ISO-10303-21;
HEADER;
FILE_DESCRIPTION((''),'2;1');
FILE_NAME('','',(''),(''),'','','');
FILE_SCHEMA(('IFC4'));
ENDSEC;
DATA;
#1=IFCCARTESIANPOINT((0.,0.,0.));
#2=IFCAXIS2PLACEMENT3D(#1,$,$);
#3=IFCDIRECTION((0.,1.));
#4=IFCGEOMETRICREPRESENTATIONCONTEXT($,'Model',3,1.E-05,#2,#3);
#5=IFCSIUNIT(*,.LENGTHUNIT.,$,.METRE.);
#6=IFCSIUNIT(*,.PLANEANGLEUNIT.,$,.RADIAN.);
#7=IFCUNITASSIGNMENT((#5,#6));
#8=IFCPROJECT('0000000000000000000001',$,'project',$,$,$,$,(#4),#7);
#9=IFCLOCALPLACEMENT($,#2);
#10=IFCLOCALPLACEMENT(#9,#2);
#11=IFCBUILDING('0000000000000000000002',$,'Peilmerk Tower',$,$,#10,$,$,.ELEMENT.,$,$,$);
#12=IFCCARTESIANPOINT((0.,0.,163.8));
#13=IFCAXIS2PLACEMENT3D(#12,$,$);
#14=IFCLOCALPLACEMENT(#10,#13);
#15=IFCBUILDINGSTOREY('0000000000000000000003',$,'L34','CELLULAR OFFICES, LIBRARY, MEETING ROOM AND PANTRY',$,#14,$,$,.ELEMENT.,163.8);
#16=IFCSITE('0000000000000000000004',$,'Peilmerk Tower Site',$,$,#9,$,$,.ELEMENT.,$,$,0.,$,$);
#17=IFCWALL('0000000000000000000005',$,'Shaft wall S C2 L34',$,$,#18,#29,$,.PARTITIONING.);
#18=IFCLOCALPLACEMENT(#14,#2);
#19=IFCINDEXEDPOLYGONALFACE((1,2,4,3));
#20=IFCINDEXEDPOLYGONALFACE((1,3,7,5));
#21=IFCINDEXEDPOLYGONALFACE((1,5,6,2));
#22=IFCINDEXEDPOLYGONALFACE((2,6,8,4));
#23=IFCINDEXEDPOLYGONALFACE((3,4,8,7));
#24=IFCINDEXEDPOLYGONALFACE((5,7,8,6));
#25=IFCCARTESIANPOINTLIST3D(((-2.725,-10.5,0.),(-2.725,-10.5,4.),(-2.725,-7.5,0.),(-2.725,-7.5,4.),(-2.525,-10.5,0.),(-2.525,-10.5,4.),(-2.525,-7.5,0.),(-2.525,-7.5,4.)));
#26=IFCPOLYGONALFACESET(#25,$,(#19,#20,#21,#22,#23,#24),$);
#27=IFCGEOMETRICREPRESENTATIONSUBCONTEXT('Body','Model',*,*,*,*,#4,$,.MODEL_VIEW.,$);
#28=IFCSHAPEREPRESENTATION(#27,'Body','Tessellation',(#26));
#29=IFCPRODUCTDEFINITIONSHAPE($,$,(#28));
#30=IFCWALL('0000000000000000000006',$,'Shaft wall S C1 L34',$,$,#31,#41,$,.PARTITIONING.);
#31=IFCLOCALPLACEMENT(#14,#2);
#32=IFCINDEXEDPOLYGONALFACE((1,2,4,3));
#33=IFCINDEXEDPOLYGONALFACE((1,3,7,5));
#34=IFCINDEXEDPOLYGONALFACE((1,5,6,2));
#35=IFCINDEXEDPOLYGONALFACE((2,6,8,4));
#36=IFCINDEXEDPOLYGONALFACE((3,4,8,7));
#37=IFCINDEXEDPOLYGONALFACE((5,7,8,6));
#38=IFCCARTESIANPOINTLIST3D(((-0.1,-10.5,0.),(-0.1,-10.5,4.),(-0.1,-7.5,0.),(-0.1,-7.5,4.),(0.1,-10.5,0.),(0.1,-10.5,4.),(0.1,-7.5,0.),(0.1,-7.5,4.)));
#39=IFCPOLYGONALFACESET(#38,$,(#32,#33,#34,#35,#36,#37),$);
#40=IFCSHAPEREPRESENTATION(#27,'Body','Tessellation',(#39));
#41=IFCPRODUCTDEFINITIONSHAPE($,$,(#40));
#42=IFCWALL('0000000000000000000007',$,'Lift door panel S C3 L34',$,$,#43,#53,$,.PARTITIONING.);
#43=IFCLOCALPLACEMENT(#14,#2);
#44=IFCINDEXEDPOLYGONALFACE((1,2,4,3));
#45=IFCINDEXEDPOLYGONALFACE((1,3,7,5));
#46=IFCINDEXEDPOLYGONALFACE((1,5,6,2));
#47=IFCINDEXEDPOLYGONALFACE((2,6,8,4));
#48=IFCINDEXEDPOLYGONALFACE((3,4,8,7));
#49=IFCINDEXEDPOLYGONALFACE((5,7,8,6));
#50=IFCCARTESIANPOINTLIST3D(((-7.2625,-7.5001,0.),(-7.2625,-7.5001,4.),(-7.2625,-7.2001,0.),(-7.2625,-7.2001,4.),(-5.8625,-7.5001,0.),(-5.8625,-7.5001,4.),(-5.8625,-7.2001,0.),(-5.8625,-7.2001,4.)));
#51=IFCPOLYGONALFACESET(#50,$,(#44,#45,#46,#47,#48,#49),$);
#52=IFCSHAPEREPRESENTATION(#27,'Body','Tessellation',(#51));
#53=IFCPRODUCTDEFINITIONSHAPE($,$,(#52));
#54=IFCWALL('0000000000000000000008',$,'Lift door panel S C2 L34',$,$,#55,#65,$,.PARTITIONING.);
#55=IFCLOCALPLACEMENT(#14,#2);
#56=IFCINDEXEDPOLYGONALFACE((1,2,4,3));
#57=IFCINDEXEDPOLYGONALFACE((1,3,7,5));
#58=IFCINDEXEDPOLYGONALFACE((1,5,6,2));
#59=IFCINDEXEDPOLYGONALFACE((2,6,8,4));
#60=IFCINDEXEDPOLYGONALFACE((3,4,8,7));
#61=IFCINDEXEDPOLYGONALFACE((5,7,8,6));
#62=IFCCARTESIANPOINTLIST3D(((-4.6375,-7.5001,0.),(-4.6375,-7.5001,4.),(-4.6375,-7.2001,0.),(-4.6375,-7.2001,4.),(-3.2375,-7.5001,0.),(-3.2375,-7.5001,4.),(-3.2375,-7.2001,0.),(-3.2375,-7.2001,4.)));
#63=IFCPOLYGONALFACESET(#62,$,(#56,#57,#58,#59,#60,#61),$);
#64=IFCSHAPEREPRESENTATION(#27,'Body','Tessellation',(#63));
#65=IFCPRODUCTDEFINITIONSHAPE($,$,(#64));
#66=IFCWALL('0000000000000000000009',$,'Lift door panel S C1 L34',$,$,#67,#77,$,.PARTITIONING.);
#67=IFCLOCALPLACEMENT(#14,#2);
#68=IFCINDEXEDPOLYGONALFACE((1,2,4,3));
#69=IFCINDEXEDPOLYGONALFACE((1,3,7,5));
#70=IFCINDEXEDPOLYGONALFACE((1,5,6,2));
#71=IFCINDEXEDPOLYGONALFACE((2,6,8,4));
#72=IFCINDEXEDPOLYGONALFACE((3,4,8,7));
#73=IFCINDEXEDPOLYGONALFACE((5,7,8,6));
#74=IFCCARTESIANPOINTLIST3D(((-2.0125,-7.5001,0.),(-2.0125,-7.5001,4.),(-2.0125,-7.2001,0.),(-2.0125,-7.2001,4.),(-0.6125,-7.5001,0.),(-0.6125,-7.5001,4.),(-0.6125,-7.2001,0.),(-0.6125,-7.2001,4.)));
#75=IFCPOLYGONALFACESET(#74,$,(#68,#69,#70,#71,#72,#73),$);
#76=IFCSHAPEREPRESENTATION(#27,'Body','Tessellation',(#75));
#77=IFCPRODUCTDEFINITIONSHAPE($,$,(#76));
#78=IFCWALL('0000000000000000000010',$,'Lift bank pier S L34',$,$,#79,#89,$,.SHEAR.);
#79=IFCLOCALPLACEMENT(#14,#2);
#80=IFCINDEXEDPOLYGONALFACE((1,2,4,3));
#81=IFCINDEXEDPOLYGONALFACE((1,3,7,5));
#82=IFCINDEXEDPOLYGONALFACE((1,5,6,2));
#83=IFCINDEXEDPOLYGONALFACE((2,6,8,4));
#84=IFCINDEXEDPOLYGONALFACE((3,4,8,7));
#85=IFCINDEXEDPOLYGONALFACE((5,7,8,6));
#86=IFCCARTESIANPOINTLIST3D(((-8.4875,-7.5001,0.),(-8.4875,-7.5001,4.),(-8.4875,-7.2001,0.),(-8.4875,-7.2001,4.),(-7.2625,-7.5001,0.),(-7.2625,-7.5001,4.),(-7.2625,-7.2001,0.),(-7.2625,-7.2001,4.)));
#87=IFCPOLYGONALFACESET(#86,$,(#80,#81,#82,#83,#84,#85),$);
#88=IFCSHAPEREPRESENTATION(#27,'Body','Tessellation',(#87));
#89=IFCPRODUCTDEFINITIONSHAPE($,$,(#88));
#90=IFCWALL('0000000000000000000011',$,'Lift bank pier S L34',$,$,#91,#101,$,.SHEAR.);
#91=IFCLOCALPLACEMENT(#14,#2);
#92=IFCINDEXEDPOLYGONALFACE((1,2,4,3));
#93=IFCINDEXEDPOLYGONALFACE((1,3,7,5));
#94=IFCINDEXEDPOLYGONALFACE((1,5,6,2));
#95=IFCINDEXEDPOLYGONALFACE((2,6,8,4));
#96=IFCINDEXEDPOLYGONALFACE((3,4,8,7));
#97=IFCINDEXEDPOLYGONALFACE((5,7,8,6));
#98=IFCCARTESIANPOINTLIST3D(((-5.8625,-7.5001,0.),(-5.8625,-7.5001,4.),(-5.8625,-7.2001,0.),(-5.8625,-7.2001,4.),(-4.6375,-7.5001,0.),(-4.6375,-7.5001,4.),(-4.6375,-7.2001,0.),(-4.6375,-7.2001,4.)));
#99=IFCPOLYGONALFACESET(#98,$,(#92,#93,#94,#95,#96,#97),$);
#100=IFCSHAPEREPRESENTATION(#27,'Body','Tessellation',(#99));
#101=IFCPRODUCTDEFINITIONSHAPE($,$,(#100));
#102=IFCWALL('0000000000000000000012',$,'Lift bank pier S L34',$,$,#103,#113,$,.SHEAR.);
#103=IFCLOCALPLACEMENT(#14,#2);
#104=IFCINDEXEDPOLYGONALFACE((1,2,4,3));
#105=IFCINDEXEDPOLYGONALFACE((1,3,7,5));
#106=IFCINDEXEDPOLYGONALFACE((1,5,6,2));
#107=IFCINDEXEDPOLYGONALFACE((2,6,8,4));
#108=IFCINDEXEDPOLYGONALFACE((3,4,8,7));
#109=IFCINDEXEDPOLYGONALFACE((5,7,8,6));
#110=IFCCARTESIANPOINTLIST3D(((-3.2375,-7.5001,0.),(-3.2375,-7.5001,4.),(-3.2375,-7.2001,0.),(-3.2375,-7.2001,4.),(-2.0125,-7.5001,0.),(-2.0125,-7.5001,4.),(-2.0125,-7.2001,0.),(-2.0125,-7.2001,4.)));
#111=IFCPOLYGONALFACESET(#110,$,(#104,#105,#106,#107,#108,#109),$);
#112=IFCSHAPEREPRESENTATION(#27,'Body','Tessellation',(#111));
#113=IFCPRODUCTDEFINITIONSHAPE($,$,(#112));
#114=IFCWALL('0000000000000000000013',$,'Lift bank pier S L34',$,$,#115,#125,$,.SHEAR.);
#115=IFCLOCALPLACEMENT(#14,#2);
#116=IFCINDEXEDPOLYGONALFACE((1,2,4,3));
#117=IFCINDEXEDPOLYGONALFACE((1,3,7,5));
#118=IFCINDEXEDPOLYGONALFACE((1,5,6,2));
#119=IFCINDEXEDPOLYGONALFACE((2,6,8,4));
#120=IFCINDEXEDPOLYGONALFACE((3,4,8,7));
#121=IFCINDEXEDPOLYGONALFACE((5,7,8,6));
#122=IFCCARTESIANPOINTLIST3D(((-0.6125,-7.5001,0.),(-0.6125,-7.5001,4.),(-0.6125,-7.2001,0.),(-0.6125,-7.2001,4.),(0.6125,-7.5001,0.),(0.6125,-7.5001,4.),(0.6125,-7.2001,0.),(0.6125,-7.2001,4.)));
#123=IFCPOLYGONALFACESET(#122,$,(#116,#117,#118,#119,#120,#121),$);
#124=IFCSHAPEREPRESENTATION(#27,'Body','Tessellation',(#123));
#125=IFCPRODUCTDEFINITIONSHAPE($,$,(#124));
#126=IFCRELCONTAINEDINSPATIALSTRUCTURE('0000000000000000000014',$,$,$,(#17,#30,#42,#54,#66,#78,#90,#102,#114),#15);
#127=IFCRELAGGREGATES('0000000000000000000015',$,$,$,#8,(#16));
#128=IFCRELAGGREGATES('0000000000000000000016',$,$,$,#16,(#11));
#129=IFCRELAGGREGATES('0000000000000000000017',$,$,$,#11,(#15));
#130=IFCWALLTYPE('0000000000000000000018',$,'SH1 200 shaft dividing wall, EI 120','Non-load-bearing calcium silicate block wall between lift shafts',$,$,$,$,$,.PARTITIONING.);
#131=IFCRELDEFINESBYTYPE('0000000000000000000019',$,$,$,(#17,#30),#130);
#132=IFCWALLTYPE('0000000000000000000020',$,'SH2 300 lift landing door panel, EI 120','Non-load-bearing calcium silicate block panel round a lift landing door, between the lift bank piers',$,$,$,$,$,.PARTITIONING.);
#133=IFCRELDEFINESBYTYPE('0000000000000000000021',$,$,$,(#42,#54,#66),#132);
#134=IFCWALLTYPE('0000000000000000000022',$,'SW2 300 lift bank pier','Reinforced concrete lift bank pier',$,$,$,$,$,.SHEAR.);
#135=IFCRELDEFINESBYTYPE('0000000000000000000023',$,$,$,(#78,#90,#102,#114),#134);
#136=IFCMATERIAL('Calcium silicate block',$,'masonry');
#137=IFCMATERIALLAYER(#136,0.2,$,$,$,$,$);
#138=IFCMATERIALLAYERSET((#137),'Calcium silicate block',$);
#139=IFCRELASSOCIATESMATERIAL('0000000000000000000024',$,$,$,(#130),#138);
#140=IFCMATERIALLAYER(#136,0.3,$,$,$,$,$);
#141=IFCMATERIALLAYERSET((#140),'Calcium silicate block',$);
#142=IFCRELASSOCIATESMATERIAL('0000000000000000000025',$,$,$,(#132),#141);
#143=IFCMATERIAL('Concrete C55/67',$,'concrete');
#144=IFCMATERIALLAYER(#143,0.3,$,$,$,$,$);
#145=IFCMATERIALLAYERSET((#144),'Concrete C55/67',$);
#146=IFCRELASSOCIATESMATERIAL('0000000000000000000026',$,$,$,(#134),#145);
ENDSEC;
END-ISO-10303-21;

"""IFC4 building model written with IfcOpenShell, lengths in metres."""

from ifc_helpers import new_model, si_unit, direction, frame, frame_2d, origin, place, context, subcontext, project, spatial, rectangle, extrude, material, layer, layer_set, type_object, element, save


model = new_model("IFC4")

# Units and contexts
model_context = context("Model", 3, precision=1e-05, world=origin(), true_north=direction((0.0, 1.0)))
body_context = subcontext(model_context, "Body", "Model", "MODEL_VIEW")
ifc_project = project(units=[si_unit("LENGTHUNIT", "METRE"), si_unit("PLANEANGLEUNIT", "RADIAN")], contexts=[model_context])

# Site, building, storey
site_placement = place(None, origin())
site = spatial("IfcSite", under=ifc_project, at=site_placement, Name="Peilmerk Tower Site", CompositionType="ELEMENT", RefElevation=0.0)
building_placement = place(site_placement, origin())
building = spatial("IfcBuilding", under=site, at=building_placement, Name="Peilmerk Tower", CompositionType="ELEMENT")
storey_placement = place(building_placement, frame((0.0, 0.0, 163.8)))
storey = spatial("IfcBuildingStorey", under=building, at=storey_placement, Name="L34", Description="CELLULAR OFFICES, LIBRARY, MEETING ROOM AND PANTRY", CompositionType="ELEMENT", Elevation=163.8)

# Walls
ifc_material_1 = material(Name="Calcium silicate block", Category="masonry")
ifc_layer_1 = layer(ifc_material_1, 0.2)
ifc_layer_set_1 = layer_set([ifc_layer_1], Name="Calcium silicate block")
wall_type_1 = type_object("IfcWallType", Name="SH1 200 shaft dividing wall, EI 120", Description="Non-load-bearing calcium silicate block wall between lift shafts", PredefinedType="PARTITIONING", material=ifc_layer_set_1)
for number, where, z_axis, x_axis, name in (
    (1, (-2.625, -10.5, 0.0), (0.0, 0.0, 1.0), (0.0, 1.0, 0.0), "Shaft wall S C2 L34"),
    (2, (0.0, -10.5, 0.0), (0.0, 0.0, 1.0), (0.0, 1.0, 0.0), "Shaft wall S C1 L34"),
):
    element("IfcWall", number, at=place(storey_placement, frame(where, z_axis=z_axis, x_axis=x_axis)), inside=storey, type_object=wall_type_1, Name=name, PredefinedType="PARTITIONING", context=body_context, shape_type="SweptSolid", body=[
        extrude(rectangle(XDim=3.0, YDim=0.2, at=frame_2d((1.5, 0.0))), origin(), (0.0, 0.0, 1.0), 4.0),
    ])
ifc_layer_2 = layer(ifc_material_1, 0.3)
ifc_layer_set_2 = layer_set([ifc_layer_2], Name="Calcium silicate block")
wall_type_2 = type_object("IfcWallType", Name="SH2 300 lift landing door panel, EI 120", Description="Non-load-bearing calcium silicate block panel round a lift landing door, between the lift bank piers", PredefinedType="PARTITIONING", material=ifc_layer_set_2)
for number, where, z_axis, x_axis, name in (
    (3, (-7.2625, -7.3501, 0.0), (0.0, 0.0, 1.0), (1.0, 0.0, 0.0), "Lift door panel S C3 L34"),
    (4, (-4.6375, -7.3501, 0.0), (0.0, 0.0, 1.0), (1.0, 0.0, 0.0), "Lift door panel S C2 L34"),
    (5, (-2.0125, -7.3501, 0.0), (0.0, 0.0, 1.0), (1.0, 0.0, 0.0), "Lift door panel S C1 L34"),
):
    element("IfcWall", number, at=place(storey_placement, frame(where, z_axis=z_axis, x_axis=x_axis)), inside=storey, type_object=wall_type_2, Name=name, PredefinedType="PARTITIONING", context=body_context, shape_type="SweptSolid", body=[
        extrude(rectangle(XDim=1.3999, YDim=0.3, at=frame_2d((0.7, 0.0))), origin(), (0.0, 0.0, 1.0), 4.0),
    ])
ifc_material_2 = material(Name="Concrete C55/67", Category="concrete")
ifc_layer_3 = layer(ifc_material_2, 0.3)
ifc_layer_set_3 = layer_set([ifc_layer_3], Name="Concrete C55/67")
wall_type_3 = type_object("IfcWallType", Name="SW2 300 lift bank pier", Description="Reinforced concrete lift bank pier", PredefinedType="SHEAR", material=ifc_layer_set_3)
for number, where, z_axis, x_axis, name in (
    (6, (-8.4875, -7.3501, 0.0), (0.0, 0.0, 1.0), (1.0, 0.0, 0.0), "Lift bank pier S L34"),
    (7, (-5.8625, -7.3501, 0.0), (0.0, 0.0, 1.0), (1.0, 0.0, 0.0), "Lift bank pier S L34"),
    (8, (-3.2375, -7.3501, 0.0), (0.0, 0.0, 1.0), (1.0, 0.0, 0.0), "Lift bank pier S L34"),
    (9, (-0.6125, -7.3501, 0.0), (0.0, 0.0, 1.0), (1.0, 0.0, 0.0), "Lift bank pier S L34"),
):
    element("IfcWall", number, at=place(storey_placement, frame(where, z_axis=z_axis, x_axis=x_axis)), inside=storey, type_object=wall_type_3, Name=name, PredefinedType="SHEAR", context=body_context, shape_type="SweptSolid", body=[
        extrude(rectangle(XDim=1.2251, YDim=0.3, at=frame_2d((0.6125, 0.0))), origin(), (0.0, 0.0, 1.0), 4.0),
    ])

save(model, "model.ifc")
